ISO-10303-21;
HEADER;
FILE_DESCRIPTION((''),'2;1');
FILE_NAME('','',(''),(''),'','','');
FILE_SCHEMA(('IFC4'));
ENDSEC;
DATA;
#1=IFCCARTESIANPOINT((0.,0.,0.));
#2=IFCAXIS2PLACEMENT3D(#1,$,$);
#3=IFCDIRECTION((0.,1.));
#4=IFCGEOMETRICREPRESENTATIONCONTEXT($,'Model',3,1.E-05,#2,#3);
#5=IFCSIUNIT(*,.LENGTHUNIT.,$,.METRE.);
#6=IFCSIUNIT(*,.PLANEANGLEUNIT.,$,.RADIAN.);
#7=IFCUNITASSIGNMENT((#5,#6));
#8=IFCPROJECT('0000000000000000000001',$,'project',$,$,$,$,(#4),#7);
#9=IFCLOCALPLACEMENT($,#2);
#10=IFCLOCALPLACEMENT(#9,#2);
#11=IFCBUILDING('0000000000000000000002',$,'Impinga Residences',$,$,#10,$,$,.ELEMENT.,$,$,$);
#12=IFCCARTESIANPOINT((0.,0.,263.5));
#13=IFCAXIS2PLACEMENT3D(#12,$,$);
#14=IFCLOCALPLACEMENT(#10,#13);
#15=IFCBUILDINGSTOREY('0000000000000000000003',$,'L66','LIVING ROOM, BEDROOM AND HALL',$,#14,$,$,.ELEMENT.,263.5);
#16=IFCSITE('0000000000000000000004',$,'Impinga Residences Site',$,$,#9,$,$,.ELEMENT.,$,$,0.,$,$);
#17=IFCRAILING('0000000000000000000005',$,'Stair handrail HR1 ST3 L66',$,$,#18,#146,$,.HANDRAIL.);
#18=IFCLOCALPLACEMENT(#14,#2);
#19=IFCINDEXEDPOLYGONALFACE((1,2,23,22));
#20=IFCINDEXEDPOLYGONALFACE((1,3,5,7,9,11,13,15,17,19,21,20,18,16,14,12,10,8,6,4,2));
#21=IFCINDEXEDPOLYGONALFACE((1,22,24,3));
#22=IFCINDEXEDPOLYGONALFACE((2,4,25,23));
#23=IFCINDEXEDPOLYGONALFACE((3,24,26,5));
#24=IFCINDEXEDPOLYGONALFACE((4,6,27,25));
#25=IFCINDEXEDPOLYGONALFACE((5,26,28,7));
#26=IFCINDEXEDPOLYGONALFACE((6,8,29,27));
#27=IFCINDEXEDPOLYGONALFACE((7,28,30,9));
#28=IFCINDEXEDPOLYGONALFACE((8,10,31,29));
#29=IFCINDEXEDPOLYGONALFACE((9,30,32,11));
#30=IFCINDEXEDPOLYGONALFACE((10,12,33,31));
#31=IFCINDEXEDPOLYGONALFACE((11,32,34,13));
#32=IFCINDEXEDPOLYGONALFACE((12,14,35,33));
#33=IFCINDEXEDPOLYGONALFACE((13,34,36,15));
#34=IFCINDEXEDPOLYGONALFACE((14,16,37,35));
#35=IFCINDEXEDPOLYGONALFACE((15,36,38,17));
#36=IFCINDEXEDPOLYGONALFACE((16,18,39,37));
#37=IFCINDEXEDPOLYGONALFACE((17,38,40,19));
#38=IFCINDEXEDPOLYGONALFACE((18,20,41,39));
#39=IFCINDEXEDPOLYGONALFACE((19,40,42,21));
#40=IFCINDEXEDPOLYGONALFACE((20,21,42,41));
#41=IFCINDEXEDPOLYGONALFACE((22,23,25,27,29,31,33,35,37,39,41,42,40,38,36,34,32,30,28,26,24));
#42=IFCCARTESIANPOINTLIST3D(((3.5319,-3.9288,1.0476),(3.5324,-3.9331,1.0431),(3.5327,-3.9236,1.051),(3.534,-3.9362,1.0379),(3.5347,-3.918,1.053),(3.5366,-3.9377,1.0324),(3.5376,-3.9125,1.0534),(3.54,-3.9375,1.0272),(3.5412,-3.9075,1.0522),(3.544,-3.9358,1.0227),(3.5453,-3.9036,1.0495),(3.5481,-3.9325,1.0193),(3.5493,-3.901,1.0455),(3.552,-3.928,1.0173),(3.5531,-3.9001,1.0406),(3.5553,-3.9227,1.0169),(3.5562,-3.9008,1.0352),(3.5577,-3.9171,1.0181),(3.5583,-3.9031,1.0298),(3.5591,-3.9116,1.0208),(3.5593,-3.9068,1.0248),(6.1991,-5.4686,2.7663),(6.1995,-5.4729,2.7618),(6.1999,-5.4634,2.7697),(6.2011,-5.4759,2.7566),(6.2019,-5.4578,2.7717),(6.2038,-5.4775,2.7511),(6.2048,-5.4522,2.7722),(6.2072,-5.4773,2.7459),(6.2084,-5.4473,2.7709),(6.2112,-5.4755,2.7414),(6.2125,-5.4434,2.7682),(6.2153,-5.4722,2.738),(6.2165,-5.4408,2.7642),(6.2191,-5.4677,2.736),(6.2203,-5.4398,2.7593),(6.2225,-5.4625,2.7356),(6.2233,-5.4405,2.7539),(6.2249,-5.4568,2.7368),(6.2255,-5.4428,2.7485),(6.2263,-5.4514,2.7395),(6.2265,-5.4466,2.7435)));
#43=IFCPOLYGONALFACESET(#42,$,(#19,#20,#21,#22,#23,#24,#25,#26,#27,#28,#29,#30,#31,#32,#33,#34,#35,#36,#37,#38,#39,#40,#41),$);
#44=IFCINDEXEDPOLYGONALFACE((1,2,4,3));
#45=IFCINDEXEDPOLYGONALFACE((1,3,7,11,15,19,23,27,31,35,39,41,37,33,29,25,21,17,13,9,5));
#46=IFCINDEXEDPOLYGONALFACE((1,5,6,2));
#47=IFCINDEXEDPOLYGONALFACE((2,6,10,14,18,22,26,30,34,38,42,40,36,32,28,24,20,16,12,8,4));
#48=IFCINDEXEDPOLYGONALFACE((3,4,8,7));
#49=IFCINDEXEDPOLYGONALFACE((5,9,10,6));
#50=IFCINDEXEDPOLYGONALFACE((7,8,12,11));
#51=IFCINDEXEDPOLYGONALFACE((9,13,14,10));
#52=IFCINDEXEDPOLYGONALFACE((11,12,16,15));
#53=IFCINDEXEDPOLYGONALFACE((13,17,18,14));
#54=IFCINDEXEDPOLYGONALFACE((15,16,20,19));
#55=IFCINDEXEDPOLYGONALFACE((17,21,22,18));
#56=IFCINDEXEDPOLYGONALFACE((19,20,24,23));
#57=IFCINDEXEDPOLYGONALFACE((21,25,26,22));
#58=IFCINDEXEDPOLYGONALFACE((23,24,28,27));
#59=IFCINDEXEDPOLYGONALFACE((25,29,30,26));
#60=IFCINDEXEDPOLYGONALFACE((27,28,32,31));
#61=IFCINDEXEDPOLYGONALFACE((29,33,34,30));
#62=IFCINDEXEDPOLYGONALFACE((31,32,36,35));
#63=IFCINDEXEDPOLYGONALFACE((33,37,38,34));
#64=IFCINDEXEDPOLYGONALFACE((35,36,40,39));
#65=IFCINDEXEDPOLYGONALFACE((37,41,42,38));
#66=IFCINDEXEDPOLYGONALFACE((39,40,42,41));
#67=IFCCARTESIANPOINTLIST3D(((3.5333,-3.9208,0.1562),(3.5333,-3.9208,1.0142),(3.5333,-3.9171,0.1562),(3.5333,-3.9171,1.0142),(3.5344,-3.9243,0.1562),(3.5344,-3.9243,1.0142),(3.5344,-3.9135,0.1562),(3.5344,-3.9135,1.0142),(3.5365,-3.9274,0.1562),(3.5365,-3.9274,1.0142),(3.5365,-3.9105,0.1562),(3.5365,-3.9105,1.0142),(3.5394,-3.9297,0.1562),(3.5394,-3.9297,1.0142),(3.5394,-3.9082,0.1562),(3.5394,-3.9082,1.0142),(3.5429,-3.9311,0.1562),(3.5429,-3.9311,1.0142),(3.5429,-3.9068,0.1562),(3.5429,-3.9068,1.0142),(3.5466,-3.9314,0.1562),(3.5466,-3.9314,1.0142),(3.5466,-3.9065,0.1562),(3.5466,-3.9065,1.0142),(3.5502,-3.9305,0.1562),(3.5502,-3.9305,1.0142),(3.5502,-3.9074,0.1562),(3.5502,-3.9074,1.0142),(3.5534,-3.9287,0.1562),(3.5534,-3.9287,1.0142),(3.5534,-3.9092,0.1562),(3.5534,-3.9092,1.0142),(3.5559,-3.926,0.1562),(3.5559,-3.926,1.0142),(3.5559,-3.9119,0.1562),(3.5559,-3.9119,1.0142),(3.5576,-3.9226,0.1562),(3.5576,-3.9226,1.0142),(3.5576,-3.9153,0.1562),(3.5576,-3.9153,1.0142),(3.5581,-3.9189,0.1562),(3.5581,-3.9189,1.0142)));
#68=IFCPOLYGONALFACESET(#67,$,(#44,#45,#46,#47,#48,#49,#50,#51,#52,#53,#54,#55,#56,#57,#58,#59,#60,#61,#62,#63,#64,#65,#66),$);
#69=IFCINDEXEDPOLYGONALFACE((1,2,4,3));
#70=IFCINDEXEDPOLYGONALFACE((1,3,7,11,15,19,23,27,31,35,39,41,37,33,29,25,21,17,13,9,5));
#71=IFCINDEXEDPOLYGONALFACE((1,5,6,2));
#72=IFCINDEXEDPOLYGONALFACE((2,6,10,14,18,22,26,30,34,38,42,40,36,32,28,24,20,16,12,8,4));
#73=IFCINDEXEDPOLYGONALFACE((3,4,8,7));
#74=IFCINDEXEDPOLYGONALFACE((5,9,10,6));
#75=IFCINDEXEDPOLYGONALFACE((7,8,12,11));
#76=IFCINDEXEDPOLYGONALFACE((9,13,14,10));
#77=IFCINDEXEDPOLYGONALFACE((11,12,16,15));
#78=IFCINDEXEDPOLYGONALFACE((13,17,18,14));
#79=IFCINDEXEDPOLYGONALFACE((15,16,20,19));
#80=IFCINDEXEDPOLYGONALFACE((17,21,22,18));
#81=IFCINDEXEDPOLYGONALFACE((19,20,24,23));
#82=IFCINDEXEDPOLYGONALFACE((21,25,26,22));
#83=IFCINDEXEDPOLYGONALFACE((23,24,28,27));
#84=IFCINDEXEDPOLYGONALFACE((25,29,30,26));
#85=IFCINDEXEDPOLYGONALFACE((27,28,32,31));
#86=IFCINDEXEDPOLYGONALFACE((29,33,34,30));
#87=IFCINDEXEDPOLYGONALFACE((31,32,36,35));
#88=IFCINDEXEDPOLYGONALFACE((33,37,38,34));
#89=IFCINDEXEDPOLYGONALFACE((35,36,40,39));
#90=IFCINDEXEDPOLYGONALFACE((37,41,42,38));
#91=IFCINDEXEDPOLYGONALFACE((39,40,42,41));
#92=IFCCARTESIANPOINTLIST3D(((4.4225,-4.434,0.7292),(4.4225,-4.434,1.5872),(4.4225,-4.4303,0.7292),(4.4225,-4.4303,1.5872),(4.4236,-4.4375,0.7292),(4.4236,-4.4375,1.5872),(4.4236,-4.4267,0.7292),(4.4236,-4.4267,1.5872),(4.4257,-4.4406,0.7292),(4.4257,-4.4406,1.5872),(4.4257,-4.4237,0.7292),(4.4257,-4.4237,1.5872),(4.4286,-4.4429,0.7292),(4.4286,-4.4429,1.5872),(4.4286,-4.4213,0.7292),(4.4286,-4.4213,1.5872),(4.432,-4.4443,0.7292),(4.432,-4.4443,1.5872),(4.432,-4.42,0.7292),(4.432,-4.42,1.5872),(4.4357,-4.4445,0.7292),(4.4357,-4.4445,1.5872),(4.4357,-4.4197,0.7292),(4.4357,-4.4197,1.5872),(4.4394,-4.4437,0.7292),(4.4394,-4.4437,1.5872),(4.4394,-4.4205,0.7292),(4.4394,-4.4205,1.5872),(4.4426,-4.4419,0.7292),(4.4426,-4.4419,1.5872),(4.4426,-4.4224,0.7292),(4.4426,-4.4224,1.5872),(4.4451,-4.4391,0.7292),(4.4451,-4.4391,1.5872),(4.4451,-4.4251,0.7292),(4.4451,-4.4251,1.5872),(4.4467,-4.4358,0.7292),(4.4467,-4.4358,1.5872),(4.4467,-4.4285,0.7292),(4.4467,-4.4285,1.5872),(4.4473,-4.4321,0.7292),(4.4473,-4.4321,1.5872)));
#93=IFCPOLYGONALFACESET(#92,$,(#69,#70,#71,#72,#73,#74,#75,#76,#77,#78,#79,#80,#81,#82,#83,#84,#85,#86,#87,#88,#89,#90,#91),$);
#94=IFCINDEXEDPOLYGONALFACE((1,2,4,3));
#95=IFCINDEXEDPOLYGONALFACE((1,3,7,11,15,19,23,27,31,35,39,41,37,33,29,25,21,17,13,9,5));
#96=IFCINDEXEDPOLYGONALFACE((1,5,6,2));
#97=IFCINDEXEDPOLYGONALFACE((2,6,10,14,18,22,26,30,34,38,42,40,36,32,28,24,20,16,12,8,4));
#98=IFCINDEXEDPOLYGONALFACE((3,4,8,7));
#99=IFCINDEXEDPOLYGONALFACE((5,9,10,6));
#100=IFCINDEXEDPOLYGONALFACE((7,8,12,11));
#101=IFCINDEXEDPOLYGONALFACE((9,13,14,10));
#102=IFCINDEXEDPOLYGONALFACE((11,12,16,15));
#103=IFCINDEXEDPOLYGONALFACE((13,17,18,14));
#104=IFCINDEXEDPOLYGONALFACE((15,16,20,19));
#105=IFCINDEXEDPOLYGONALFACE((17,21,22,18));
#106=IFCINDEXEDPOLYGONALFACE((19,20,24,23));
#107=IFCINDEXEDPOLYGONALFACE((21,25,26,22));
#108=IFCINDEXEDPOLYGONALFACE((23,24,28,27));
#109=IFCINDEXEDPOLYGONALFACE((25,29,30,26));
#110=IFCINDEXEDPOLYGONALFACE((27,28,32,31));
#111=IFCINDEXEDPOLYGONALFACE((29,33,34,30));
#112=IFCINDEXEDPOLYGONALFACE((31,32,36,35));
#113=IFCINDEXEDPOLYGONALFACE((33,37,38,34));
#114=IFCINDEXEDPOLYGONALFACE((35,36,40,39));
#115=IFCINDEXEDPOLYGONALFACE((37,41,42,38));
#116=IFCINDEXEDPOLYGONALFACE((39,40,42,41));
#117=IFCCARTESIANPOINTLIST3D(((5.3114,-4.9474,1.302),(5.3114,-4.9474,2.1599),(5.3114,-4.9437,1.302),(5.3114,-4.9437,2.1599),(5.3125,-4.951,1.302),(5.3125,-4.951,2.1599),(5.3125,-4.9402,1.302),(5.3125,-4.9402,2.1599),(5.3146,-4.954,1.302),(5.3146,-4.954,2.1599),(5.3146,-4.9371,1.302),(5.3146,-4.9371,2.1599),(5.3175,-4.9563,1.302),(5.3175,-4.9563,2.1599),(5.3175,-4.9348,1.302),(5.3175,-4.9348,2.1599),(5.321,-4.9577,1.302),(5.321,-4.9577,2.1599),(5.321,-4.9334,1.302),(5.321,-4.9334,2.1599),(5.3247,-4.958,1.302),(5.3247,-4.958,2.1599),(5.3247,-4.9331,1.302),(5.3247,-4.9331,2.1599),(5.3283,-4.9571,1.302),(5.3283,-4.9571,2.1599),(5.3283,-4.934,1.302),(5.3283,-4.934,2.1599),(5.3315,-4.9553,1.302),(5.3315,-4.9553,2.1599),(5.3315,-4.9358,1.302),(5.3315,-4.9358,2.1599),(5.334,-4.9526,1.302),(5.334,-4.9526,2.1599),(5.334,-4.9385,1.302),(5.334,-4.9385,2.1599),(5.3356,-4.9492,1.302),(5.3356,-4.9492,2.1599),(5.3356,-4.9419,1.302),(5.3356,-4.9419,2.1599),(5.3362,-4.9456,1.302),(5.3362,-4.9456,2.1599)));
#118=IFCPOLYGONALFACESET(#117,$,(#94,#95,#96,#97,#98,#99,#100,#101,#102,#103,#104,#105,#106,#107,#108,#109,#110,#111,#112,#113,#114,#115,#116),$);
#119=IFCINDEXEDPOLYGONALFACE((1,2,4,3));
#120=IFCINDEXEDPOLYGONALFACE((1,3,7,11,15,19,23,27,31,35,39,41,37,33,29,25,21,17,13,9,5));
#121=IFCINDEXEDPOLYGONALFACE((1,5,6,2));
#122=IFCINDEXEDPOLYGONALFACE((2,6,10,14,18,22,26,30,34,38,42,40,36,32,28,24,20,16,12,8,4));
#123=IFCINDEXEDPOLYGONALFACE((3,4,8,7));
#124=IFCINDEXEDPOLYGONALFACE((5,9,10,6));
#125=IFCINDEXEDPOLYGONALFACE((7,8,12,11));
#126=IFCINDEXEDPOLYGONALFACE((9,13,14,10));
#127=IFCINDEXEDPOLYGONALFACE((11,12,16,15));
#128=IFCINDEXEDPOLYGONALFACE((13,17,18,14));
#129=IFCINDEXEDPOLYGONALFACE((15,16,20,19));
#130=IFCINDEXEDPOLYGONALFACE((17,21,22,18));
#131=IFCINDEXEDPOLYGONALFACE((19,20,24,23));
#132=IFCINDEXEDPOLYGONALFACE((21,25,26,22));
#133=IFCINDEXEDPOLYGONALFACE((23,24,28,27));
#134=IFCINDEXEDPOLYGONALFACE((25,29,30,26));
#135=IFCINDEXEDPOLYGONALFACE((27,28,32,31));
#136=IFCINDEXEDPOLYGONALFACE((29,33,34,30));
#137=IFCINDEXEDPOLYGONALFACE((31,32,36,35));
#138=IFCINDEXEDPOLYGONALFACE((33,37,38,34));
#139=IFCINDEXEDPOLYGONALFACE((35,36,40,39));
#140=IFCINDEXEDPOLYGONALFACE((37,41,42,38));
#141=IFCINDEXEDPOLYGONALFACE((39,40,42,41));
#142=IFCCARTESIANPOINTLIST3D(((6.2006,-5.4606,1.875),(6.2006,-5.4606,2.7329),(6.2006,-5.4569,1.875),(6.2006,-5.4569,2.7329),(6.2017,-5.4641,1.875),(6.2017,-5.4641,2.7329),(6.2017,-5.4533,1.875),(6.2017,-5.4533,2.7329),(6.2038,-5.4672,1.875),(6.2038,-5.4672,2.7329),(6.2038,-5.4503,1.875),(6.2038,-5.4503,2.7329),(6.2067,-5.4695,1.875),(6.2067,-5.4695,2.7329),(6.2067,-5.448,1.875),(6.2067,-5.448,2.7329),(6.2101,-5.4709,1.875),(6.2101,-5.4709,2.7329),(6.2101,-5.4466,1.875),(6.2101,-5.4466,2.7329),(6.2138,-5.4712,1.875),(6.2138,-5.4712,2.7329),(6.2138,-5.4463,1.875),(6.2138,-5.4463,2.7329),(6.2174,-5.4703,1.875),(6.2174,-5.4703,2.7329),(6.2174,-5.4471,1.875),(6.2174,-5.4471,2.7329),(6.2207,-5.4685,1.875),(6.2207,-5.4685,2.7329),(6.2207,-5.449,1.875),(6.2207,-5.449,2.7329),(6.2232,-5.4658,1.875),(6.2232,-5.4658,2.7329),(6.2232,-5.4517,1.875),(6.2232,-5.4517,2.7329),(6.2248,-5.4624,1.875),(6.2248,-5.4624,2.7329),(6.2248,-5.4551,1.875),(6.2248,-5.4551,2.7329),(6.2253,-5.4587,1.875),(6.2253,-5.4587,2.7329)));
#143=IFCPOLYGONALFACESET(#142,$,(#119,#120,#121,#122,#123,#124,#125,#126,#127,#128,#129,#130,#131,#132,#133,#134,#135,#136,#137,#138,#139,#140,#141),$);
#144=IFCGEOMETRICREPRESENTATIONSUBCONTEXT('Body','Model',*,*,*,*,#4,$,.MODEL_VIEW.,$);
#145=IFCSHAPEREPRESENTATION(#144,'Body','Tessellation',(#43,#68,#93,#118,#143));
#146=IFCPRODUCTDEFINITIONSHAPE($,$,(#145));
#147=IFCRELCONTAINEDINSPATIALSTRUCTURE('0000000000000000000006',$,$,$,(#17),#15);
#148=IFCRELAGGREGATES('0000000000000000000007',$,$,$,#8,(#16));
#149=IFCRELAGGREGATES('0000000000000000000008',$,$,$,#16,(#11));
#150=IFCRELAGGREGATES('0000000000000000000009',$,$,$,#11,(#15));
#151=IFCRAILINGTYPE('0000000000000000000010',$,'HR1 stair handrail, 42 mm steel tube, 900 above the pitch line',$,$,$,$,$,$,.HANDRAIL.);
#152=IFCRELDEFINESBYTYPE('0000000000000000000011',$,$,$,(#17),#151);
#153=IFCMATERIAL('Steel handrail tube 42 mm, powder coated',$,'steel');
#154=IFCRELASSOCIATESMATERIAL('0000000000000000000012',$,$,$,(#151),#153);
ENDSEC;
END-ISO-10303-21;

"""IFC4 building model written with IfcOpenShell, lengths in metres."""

from ifc_helpers import new_model, si_unit, direction, frame, origin, origin_2d, place, context, subcontext, project, spatial, circle, extrude, material, type_object, element, save


model = new_model("IFC4")

# Units and contexts
model_context = context("Model", 3, precision=1e-05, world=origin(), true_north=direction((0.0, 1.0)))
body_context = subcontext(model_context, "Body", "Model", "MODEL_VIEW")
ifc_project = project(units=[si_unit("LENGTHUNIT", "METRE"), si_unit("PLANEANGLEUNIT", "RADIAN")], contexts=[model_context])

# Site, building, storey
site_placement = place(None, origin())
site = spatial("IfcSite", under=ifc_project, at=site_placement, Name="Impinga Residences Site", CompositionType="ELEMENT", RefElevation=0.0)
building_placement = place(site_placement, origin())
building = spatial("IfcBuilding", under=site, at=building_placement, Name="Impinga Residences", CompositionType="ELEMENT")
storey_placement = place(building_placement, frame((0.0, 0.0, 263.5)))
storey = spatial("IfcBuildingStorey", under=building, at=storey_placement, Name="L66", Description="LIVING ROOM, BEDROOM AND HALL", CompositionType="ELEMENT", Elevation=263.5)

# Railing
ifc_material_1 = material(Name="Steel handrail tube 42 mm, powder coated", Category="steel")
railing_type_1 = type_object("IfcRailingType", Name="HR1 stair handrail, 42 mm steel tube, 900 above the pitch line", PredefinedType="HANDRAIL", material=ifc_material_1)
railing_1_placement = place(storey_placement, frame((3.5457, -3.9189, 0.1562)))
element("IfcRailing", 1, at=railing_1_placement, inside=storey, type_object=railing_type_1, Name="Stair handrail HR1 ST3 L66", PredefinedType="HANDRAIL", context=body_context, shape_type="SweptSolid", body=[
    extrude(circle(Radius=0.021, at=origin_2d()), frame((0.0, 0.0, 0.8789), z_axis=(0.756249, -0.436582, 0.487322), x_axis=(0.499967, 0.866044, 0.0)), (0.0, 0.0, 1.0), 3.5269),
    extrude(circle(Radius=0.0125, at=origin_2d()), origin(), (0.0, 0.0, 1.0), 0.8579),
    extrude(circle(Radius=0.0125, at=origin_2d()), frame((0.8892, -0.5132, 0.573)), (0.0, 0.0, 1.0), 0.8579),
    extrude(circle(Radius=0.0125, at=origin_2d()), frame((1.7781, -1.0266, 1.1458)), (0.0, 0.0, 1.0), 0.8579),
    extrude(circle(Radius=0.0125, at=origin_2d()), frame((2.6672, -1.5398, 1.7188)), (0.0, 0.0, 1.0), 0.8579),
])

save(model, "model.ifc")
